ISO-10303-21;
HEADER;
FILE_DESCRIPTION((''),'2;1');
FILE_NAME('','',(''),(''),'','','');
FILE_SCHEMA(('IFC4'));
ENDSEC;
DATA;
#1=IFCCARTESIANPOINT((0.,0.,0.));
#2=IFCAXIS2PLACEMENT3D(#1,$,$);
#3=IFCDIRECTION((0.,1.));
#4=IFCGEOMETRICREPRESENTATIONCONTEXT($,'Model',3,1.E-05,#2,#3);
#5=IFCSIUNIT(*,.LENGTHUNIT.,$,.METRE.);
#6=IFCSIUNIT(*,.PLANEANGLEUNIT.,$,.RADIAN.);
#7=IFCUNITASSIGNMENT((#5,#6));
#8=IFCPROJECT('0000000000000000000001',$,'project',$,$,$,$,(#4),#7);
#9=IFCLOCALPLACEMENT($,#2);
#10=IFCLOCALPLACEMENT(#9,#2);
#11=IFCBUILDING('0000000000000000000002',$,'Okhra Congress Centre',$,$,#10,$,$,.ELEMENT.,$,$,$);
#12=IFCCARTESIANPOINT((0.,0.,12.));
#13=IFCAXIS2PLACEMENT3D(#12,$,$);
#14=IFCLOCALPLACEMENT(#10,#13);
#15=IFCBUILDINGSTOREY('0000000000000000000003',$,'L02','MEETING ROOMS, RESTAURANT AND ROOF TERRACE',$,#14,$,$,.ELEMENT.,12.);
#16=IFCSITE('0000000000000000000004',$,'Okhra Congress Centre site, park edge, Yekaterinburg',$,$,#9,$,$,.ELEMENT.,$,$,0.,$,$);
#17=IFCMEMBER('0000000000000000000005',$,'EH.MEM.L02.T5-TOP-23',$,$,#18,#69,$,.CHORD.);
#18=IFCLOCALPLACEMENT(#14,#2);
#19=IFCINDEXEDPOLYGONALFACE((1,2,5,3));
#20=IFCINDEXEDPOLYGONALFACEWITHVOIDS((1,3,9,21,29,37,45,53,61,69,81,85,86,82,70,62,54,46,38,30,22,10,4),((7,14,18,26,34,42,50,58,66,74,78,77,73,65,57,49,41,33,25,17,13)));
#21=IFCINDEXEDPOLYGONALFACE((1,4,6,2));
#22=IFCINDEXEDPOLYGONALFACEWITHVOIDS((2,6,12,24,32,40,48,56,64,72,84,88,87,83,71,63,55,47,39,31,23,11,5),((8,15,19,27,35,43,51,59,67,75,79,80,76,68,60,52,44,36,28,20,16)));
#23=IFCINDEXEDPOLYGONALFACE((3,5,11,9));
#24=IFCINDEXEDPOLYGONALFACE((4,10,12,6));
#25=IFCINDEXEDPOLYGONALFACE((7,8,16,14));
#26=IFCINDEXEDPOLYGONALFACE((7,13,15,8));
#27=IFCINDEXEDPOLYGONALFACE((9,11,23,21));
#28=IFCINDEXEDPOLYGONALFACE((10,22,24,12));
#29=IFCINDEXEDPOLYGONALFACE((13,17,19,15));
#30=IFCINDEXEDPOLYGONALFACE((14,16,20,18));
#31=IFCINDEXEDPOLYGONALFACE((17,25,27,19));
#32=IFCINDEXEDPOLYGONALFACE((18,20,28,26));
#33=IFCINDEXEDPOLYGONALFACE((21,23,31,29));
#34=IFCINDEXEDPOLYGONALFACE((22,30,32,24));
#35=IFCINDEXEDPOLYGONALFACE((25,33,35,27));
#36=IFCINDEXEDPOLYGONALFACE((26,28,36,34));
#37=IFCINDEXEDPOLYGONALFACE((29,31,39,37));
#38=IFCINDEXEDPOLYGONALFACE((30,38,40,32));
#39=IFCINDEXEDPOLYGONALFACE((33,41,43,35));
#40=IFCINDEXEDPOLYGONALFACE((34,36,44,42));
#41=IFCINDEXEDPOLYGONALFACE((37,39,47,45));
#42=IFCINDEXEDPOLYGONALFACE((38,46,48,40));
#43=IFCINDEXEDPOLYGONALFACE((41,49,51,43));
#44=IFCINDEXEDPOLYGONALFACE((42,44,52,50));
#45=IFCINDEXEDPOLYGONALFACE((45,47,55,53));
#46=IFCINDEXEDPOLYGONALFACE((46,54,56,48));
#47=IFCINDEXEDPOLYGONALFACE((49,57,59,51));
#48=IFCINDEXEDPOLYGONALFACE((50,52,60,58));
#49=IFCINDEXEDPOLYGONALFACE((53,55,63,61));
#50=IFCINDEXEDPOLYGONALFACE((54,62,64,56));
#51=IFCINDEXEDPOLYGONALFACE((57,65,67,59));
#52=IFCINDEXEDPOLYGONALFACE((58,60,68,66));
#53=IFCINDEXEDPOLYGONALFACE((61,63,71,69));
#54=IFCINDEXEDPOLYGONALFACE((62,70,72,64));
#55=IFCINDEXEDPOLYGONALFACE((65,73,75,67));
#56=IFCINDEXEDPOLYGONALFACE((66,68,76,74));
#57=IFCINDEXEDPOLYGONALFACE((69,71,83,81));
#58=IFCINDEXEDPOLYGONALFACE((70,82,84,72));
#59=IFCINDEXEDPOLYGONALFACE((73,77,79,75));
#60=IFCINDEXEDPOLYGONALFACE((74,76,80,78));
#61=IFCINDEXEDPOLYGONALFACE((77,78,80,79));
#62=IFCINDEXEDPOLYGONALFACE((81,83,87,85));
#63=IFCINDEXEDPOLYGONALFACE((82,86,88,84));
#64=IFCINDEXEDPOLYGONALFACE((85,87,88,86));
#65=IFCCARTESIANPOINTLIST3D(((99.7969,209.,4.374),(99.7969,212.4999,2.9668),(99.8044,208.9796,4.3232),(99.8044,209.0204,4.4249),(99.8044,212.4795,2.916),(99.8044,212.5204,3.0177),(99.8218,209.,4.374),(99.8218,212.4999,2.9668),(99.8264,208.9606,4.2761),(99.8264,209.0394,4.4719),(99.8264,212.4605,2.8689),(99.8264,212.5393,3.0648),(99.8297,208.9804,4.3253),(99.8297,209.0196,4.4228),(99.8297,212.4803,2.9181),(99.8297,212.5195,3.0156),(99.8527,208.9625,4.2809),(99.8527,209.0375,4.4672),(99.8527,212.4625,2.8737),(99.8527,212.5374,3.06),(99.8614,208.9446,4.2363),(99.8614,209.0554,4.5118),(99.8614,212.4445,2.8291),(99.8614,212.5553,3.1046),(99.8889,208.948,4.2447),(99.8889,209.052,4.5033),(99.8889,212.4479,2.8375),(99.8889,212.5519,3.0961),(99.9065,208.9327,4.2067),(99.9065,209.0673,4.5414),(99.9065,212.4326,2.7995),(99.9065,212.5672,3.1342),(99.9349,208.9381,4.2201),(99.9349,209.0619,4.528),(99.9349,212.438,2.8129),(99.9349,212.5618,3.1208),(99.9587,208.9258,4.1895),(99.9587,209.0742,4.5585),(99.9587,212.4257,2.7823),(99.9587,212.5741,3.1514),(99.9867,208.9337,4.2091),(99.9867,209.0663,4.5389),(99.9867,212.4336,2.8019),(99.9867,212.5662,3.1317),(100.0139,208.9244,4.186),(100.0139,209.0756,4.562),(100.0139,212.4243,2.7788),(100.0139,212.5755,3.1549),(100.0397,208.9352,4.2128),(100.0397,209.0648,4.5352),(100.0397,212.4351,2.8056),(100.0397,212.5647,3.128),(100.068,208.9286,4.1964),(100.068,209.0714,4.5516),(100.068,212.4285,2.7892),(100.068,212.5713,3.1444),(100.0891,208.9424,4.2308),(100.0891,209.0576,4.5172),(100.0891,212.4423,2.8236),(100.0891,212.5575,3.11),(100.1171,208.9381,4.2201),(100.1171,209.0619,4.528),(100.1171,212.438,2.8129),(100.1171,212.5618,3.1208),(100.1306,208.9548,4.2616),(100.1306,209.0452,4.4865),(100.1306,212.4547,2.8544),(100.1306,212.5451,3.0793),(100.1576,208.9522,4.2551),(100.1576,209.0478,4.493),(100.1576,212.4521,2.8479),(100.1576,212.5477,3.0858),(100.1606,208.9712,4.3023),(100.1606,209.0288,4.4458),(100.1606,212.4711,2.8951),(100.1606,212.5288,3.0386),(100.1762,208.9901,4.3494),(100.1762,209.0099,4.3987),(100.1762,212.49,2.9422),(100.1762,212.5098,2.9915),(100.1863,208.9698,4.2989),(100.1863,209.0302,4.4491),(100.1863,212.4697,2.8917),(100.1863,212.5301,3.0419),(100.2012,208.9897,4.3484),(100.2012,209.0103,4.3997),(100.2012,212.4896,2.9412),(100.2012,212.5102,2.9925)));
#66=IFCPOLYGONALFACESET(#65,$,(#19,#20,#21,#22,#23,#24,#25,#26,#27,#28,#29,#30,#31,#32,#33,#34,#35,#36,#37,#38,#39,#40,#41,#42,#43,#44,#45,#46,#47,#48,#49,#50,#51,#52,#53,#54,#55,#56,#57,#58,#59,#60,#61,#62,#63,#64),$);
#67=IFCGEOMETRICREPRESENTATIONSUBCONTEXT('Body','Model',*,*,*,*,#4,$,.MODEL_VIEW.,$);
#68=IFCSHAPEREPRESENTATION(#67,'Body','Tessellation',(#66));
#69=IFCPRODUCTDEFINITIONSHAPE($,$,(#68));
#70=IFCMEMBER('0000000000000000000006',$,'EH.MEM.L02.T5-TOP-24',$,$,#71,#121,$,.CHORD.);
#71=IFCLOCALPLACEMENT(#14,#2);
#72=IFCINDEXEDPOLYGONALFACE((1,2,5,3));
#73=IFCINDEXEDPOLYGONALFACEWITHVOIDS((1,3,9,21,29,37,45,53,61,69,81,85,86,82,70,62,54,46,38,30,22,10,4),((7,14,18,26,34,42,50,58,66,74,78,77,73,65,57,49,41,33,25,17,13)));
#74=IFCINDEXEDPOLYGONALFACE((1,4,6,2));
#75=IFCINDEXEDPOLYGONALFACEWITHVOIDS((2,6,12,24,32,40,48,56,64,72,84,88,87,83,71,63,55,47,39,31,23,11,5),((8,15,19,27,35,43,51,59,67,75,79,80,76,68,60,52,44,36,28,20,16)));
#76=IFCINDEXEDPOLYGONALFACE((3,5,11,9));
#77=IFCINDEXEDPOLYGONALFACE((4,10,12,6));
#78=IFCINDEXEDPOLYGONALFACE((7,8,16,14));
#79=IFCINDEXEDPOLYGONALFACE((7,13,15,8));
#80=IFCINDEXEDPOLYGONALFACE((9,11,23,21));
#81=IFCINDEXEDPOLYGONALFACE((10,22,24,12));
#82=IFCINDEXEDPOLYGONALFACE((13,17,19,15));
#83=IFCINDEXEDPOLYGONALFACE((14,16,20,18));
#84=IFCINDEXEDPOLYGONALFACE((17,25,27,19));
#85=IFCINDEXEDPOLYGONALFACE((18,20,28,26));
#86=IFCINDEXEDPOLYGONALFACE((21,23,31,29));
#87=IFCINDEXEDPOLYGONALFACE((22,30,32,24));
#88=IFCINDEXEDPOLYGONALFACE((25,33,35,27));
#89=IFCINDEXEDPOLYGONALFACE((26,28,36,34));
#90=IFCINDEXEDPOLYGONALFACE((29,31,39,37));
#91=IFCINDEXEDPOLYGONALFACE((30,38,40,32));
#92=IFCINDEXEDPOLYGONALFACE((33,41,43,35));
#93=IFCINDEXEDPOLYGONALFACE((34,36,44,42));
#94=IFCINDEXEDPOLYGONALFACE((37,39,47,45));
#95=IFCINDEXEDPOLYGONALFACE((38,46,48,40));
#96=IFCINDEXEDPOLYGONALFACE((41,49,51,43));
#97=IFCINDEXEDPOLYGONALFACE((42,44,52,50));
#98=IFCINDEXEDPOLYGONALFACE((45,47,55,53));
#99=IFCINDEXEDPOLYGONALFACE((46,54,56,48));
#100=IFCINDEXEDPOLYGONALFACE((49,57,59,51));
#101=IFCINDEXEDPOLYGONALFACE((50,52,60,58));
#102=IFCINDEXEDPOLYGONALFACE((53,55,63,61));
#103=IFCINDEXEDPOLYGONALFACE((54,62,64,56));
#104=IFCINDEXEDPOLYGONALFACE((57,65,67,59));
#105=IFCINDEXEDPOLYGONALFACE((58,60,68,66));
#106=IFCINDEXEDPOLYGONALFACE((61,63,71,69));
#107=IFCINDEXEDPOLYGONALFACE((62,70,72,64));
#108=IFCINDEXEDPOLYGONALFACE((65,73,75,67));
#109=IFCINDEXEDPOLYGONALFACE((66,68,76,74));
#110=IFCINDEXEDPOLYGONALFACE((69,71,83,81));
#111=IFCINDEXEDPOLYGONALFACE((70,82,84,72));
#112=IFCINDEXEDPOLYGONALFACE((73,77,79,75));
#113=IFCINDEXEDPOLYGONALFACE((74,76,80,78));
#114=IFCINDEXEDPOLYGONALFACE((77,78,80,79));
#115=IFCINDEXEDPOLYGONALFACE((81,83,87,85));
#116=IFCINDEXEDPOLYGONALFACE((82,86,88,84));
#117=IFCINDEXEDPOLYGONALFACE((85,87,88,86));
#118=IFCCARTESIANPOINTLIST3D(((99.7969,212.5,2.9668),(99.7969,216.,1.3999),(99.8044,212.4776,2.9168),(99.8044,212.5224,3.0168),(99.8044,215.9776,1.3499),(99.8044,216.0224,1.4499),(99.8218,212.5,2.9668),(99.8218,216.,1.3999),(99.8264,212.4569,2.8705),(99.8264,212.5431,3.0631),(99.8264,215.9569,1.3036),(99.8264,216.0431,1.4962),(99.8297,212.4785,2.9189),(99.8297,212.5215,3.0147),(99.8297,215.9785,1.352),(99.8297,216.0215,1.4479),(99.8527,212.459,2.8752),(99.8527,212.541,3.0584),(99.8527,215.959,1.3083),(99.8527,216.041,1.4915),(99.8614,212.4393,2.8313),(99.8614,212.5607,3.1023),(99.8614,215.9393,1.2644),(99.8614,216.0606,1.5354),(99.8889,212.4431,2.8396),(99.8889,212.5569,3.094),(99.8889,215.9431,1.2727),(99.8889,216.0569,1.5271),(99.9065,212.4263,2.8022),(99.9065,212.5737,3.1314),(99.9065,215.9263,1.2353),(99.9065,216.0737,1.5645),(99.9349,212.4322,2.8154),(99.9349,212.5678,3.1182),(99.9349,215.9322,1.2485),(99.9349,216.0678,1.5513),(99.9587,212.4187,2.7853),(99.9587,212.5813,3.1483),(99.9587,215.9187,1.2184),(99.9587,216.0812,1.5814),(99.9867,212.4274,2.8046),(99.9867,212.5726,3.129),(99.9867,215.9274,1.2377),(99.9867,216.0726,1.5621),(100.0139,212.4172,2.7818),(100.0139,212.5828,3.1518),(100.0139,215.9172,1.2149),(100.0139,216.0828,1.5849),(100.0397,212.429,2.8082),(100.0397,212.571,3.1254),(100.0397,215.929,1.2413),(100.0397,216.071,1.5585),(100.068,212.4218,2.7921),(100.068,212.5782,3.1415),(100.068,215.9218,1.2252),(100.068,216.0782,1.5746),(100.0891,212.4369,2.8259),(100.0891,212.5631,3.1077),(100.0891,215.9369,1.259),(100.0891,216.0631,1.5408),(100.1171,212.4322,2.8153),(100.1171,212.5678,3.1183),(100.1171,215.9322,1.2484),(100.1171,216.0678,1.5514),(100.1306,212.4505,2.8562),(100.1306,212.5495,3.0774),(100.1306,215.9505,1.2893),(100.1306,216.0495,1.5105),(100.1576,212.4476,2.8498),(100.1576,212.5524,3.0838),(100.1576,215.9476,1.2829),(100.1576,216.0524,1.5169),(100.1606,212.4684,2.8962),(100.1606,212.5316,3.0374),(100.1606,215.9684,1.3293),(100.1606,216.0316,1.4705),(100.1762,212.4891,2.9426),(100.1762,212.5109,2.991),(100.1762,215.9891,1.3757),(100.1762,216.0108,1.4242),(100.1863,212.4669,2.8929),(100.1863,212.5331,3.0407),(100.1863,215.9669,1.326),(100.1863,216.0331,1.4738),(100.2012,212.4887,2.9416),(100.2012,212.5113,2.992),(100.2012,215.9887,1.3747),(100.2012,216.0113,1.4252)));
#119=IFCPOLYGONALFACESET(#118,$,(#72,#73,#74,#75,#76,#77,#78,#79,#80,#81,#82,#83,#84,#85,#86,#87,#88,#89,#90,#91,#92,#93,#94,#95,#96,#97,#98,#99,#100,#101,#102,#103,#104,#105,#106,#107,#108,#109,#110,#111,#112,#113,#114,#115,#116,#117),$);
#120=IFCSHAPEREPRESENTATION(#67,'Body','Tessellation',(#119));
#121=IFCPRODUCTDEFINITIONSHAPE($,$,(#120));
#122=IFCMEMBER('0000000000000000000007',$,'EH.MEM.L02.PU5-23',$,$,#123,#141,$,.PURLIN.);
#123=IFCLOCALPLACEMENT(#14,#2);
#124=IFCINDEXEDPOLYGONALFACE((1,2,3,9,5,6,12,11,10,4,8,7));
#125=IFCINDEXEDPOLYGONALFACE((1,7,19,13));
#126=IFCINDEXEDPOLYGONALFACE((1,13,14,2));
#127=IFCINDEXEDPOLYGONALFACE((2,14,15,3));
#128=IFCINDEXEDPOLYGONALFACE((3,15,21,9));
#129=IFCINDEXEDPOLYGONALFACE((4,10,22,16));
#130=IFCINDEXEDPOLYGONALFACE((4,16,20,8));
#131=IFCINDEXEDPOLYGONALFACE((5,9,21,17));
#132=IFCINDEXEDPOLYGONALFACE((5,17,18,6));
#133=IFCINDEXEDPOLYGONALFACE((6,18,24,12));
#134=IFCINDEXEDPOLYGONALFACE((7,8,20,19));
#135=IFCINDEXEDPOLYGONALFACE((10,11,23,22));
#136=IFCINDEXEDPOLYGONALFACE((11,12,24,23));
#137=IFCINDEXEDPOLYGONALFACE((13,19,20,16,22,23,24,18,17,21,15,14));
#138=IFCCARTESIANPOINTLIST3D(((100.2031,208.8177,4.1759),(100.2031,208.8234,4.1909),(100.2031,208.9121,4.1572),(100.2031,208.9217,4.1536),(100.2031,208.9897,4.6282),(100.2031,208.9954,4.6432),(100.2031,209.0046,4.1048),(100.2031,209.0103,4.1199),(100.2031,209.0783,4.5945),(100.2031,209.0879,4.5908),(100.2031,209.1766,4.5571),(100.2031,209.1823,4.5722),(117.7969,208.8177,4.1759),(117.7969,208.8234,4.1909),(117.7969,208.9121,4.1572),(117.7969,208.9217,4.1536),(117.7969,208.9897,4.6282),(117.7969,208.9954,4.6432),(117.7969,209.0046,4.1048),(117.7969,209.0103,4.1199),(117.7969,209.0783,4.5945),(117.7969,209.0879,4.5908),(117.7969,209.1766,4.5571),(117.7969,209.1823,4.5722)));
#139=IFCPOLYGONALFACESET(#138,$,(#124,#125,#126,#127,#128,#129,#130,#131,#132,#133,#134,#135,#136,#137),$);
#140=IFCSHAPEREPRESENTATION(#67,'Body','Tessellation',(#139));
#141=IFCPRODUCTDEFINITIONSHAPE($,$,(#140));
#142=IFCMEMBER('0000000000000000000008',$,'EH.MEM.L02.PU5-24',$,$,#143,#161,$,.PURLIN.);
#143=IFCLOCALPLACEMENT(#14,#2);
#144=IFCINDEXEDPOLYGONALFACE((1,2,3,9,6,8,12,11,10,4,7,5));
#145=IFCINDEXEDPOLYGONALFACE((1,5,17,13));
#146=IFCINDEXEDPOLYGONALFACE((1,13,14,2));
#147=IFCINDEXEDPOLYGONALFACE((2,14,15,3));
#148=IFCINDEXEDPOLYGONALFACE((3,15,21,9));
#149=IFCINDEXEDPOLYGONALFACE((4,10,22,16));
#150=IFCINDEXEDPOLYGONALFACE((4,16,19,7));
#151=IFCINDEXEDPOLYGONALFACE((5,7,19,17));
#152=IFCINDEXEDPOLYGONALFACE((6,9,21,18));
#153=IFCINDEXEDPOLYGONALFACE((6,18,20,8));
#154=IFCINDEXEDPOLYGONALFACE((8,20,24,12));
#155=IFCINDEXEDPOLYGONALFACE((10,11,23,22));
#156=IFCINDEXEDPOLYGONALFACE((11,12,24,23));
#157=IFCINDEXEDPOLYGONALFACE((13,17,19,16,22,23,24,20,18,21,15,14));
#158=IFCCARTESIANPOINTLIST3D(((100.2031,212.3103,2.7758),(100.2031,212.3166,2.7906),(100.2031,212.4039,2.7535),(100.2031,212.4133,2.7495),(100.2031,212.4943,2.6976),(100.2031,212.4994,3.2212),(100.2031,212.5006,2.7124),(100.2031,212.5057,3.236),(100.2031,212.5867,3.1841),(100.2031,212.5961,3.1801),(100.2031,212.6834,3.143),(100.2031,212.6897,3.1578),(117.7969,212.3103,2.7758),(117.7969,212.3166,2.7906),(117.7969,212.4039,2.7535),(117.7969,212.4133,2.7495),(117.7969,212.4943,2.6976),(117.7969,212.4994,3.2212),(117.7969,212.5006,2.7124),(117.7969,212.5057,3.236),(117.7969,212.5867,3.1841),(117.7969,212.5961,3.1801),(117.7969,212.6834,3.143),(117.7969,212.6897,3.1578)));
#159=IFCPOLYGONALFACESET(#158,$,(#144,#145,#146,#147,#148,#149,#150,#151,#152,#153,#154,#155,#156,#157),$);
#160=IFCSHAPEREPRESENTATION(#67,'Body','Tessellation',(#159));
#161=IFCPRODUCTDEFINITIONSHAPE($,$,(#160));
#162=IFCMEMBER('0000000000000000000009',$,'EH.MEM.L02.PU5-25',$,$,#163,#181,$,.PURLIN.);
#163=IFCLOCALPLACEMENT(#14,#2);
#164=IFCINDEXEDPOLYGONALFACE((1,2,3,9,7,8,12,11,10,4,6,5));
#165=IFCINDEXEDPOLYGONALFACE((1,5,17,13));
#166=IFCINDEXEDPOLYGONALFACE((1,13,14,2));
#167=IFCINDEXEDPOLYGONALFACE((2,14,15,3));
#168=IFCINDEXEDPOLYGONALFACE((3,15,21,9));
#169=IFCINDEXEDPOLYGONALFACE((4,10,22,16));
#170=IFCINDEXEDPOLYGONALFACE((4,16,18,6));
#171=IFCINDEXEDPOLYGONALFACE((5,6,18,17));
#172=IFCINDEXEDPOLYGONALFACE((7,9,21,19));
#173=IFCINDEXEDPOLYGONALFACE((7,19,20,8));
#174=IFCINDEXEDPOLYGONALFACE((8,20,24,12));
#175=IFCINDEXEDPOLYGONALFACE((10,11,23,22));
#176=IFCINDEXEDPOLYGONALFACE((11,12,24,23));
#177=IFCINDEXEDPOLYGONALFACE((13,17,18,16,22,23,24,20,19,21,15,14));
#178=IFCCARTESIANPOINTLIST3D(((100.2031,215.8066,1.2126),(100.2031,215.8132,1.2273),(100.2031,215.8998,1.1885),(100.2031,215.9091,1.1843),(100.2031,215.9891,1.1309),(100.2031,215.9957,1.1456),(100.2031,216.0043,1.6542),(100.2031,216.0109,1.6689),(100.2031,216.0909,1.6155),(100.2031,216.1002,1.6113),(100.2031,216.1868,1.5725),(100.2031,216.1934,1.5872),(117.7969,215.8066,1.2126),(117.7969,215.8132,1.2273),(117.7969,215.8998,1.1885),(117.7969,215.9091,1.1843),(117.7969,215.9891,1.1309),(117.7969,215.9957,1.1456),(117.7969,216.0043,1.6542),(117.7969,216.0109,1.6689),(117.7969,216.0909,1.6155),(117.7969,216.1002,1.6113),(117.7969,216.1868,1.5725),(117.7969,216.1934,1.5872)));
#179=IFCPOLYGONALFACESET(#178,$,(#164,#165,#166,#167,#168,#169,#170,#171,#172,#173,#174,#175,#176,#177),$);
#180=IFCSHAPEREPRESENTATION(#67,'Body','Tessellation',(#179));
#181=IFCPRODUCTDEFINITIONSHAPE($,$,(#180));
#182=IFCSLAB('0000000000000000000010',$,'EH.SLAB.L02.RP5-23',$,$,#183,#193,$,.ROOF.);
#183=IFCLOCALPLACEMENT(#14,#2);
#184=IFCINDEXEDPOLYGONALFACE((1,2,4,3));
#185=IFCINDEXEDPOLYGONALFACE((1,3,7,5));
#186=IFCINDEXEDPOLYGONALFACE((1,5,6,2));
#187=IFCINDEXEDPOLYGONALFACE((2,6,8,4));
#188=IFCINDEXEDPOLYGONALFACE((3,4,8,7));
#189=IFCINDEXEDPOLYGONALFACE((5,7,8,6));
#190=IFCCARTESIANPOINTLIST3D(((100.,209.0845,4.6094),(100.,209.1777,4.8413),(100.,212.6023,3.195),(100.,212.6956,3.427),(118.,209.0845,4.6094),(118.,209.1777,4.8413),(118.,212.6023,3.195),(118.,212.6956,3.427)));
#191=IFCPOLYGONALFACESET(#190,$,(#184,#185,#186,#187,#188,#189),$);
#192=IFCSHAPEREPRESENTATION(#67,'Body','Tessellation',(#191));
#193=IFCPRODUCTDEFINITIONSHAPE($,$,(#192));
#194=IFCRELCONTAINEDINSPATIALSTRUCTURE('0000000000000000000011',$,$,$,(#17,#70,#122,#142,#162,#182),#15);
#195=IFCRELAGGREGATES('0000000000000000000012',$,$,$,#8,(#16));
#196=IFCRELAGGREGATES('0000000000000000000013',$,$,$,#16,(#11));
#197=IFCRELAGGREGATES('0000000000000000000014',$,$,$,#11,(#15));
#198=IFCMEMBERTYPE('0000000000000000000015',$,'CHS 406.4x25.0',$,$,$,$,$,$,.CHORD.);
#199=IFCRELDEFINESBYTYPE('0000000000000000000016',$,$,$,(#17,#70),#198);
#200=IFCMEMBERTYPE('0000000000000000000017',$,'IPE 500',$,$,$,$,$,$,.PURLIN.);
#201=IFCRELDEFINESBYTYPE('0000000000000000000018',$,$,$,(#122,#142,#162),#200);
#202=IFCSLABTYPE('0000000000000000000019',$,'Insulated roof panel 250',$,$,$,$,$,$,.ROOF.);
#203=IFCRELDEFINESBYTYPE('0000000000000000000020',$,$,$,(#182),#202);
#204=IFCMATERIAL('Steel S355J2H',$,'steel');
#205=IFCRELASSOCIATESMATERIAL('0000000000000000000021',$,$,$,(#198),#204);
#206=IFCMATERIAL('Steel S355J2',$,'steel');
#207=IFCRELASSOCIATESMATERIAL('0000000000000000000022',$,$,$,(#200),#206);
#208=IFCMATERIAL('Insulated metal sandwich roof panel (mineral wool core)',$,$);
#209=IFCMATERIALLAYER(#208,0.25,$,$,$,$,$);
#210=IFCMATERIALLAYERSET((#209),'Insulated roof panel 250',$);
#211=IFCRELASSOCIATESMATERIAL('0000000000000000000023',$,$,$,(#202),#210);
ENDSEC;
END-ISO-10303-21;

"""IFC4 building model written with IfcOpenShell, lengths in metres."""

from ifc_helpers import new_model, si_unit, direction, frame, origin, origin_2d, place, context, subcontext, project, spatial, polyline, hollow_circle, i_section, outline, extrude, material, layer, layer_set, material_profile, profile_set, type_object, element, save


model = new_model("IFC4")

# Units and contexts
model_context = context("Model", 3, precision=1e-05, world=origin(), true_north=direction((0.0, 1.0)))
body_context = subcontext(model_context, "Body", "Model", "MODEL_VIEW")
ifc_project = project(units=[si_unit("LENGTHUNIT", "METRE"), si_unit("PLANEANGLEUNIT", "RADIAN")], contexts=[model_context])

# Site, building, storey
site_placement = place(None, origin())
site = spatial("IfcSite", under=ifc_project, at=site_placement, Name="Okhra Congress Centre site, park edge, Yekaterinburg", CompositionType="ELEMENT", RefElevation=0.0)
building_placement = place(site_placement, origin())
building = spatial("IfcBuilding", under=site, at=building_placement, Name="Okhra Congress Centre", CompositionType="ELEMENT")
storey_placement = place(building_placement, frame((0.0, 0.0, 12.0)))
storey = spatial("IfcBuildingStorey", under=building, at=storey_placement, Name="L02", Description="MEETING ROOMS, RESTAURANT AND ROOF TERRACE", CompositionType="ELEMENT", Elevation=12.0)

# Members
ifc_material_1 = material(Name="Steel S355J2H", Category="steel")
ifc_material_profile_1 = material_profile(ifc_material_1, hollow_circle(Radius=0.2031, WallThickness=0.0249, at=origin_2d()), Name="CHS 406.4x25.0")
ifc_profile_set_1 = profile_set([ifc_material_profile_1], Name="Steel S355J2H")
member_type_1 = type_object("IfcMemberType", Name="CHS 406.4x25.0", PredefinedType="CHORD", material=ifc_profile_set_1)
member_1_placement = place(storey_placement, frame((100.0, 209.0, 4.374), z_axis=(0.0, 0.927815, -0.373042), x_axis=(-1.0, 0.0, 0.0)))
element("IfcMember", 1, at=member_1_placement, inside=storey, type_object=member_type_1, Name="EH.MEM.L02.T5-TOP-23", PredefinedType="CHORD", context=body_context, shape_type="SweptSolid", body=[
    extrude(hollow_circle(Radius=0.2031, WallThickness=0.0249, at=origin_2d()), origin(), (0.0, 0.0, 1.0), 3.7722),
])
member_2_placement = place(storey_placement, frame((100.0, 212.5, 2.9668), z_axis=(0.0, 0.912711, -0.408606), x_axis=(-1.0, 0.0, 0.0)))
element("IfcMember", 2, at=member_2_placement, inside=storey, type_object=member_type_1, Name="EH.MEM.L02.T5-TOP-24", PredefinedType="CHORD", context=body_context, shape_type="SweptSolid", body=[
    extrude(hollow_circle(Radius=0.2031, WallThickness=0.0249, at=origin_2d()), origin(), (0.0, 0.0, 1.0), 3.8347),
])
ifc_material_2 = material(Name="Steel S355J2", Category="steel")
ifc_material_profile_2 = material_profile(ifc_material_2, i_section(OverallWidth=0.2, OverallDepth=0.5, WebThickness=0.0103, FlangeThickness=0.0161, at=origin_2d()), Name="IPE 500")
ifc_profile_set_2 = profile_set([ifc_material_profile_2], Name="Steel S355J2")
member_type_2 = type_object("IfcMemberType", Name="IPE 500", PredefinedType="PURLIN", material=ifc_profile_set_2)
for number, where, z_axis, x_axis, name in (
    (3, (100.2031, 209.0, 4.374), (1.0, 0.0, 0.0), (0.0, 0.934733, -0.355351), "EH.MEM.L02.PU5-23"),
    (4, (100.2031, 212.5, 2.9668), (1.0, 0.0, 0.0), (0.0, 0.920437, -0.39089), "EH.MEM.L02.PU5-24"),
    (5, (100.2031, 216.0, 1.3999), (1.0, 0.0, 0.0), (0.0, 0.912721, -0.408583), "EH.MEM.L02.PU5-25"),
):
    element("IfcMember", number, at=place(storey_placement, frame(where, z_axis=z_axis, x_axis=x_axis)), inside=storey, type_object=member_type_2, Name=name, PredefinedType="PURLIN", context=body_context, shape_type="SweptSolid", body=[
        extrude(i_section(OverallWidth=0.2, OverallDepth=0.5, WebThickness=0.0103, FlangeThickness=0.0161, at=origin_2d()), origin(), (0.0, 0.0, 1.0), 17.5938),
    ])

# Slab
ifc_material_3 = material(Name="Insulated metal sandwich roof panel (mineral wool core)")
ifc_layer_1 = layer(ifc_material_3, 0.25)
ifc_layer_set_1 = layer_set([ifc_layer_1], Name="Insulated roof panel 250")
slab_type = type_object("IfcSlabType", Name="Insulated roof panel 250", PredefinedType="ROOF", material=ifc_layer_set_1)
slab_1_placement = place(storey_placement, frame((100.0, 209.1777, 4.8413), z_axis=(0.0, 0.373022, 0.927822), x_axis=(1.0, 0.0, 0.0)))
element("IfcSlab", 6, at=slab_1_placement, inside=storey, type_object=slab_type, Name="EH.SLAB.L02.RP5-23", PredefinedType="ROOF", context=body_context, shape_type="SweptSolid", body=[
    extrude(outline(polyline([(0.0, 0.0), (18.0, 0.0), (18.0, 3.7915), (0.0, 3.7915), (0.0, 0.0)])), origin(), (0.0, 0.0, -1.0), 0.25),
])

save(model, "model.ifc")
